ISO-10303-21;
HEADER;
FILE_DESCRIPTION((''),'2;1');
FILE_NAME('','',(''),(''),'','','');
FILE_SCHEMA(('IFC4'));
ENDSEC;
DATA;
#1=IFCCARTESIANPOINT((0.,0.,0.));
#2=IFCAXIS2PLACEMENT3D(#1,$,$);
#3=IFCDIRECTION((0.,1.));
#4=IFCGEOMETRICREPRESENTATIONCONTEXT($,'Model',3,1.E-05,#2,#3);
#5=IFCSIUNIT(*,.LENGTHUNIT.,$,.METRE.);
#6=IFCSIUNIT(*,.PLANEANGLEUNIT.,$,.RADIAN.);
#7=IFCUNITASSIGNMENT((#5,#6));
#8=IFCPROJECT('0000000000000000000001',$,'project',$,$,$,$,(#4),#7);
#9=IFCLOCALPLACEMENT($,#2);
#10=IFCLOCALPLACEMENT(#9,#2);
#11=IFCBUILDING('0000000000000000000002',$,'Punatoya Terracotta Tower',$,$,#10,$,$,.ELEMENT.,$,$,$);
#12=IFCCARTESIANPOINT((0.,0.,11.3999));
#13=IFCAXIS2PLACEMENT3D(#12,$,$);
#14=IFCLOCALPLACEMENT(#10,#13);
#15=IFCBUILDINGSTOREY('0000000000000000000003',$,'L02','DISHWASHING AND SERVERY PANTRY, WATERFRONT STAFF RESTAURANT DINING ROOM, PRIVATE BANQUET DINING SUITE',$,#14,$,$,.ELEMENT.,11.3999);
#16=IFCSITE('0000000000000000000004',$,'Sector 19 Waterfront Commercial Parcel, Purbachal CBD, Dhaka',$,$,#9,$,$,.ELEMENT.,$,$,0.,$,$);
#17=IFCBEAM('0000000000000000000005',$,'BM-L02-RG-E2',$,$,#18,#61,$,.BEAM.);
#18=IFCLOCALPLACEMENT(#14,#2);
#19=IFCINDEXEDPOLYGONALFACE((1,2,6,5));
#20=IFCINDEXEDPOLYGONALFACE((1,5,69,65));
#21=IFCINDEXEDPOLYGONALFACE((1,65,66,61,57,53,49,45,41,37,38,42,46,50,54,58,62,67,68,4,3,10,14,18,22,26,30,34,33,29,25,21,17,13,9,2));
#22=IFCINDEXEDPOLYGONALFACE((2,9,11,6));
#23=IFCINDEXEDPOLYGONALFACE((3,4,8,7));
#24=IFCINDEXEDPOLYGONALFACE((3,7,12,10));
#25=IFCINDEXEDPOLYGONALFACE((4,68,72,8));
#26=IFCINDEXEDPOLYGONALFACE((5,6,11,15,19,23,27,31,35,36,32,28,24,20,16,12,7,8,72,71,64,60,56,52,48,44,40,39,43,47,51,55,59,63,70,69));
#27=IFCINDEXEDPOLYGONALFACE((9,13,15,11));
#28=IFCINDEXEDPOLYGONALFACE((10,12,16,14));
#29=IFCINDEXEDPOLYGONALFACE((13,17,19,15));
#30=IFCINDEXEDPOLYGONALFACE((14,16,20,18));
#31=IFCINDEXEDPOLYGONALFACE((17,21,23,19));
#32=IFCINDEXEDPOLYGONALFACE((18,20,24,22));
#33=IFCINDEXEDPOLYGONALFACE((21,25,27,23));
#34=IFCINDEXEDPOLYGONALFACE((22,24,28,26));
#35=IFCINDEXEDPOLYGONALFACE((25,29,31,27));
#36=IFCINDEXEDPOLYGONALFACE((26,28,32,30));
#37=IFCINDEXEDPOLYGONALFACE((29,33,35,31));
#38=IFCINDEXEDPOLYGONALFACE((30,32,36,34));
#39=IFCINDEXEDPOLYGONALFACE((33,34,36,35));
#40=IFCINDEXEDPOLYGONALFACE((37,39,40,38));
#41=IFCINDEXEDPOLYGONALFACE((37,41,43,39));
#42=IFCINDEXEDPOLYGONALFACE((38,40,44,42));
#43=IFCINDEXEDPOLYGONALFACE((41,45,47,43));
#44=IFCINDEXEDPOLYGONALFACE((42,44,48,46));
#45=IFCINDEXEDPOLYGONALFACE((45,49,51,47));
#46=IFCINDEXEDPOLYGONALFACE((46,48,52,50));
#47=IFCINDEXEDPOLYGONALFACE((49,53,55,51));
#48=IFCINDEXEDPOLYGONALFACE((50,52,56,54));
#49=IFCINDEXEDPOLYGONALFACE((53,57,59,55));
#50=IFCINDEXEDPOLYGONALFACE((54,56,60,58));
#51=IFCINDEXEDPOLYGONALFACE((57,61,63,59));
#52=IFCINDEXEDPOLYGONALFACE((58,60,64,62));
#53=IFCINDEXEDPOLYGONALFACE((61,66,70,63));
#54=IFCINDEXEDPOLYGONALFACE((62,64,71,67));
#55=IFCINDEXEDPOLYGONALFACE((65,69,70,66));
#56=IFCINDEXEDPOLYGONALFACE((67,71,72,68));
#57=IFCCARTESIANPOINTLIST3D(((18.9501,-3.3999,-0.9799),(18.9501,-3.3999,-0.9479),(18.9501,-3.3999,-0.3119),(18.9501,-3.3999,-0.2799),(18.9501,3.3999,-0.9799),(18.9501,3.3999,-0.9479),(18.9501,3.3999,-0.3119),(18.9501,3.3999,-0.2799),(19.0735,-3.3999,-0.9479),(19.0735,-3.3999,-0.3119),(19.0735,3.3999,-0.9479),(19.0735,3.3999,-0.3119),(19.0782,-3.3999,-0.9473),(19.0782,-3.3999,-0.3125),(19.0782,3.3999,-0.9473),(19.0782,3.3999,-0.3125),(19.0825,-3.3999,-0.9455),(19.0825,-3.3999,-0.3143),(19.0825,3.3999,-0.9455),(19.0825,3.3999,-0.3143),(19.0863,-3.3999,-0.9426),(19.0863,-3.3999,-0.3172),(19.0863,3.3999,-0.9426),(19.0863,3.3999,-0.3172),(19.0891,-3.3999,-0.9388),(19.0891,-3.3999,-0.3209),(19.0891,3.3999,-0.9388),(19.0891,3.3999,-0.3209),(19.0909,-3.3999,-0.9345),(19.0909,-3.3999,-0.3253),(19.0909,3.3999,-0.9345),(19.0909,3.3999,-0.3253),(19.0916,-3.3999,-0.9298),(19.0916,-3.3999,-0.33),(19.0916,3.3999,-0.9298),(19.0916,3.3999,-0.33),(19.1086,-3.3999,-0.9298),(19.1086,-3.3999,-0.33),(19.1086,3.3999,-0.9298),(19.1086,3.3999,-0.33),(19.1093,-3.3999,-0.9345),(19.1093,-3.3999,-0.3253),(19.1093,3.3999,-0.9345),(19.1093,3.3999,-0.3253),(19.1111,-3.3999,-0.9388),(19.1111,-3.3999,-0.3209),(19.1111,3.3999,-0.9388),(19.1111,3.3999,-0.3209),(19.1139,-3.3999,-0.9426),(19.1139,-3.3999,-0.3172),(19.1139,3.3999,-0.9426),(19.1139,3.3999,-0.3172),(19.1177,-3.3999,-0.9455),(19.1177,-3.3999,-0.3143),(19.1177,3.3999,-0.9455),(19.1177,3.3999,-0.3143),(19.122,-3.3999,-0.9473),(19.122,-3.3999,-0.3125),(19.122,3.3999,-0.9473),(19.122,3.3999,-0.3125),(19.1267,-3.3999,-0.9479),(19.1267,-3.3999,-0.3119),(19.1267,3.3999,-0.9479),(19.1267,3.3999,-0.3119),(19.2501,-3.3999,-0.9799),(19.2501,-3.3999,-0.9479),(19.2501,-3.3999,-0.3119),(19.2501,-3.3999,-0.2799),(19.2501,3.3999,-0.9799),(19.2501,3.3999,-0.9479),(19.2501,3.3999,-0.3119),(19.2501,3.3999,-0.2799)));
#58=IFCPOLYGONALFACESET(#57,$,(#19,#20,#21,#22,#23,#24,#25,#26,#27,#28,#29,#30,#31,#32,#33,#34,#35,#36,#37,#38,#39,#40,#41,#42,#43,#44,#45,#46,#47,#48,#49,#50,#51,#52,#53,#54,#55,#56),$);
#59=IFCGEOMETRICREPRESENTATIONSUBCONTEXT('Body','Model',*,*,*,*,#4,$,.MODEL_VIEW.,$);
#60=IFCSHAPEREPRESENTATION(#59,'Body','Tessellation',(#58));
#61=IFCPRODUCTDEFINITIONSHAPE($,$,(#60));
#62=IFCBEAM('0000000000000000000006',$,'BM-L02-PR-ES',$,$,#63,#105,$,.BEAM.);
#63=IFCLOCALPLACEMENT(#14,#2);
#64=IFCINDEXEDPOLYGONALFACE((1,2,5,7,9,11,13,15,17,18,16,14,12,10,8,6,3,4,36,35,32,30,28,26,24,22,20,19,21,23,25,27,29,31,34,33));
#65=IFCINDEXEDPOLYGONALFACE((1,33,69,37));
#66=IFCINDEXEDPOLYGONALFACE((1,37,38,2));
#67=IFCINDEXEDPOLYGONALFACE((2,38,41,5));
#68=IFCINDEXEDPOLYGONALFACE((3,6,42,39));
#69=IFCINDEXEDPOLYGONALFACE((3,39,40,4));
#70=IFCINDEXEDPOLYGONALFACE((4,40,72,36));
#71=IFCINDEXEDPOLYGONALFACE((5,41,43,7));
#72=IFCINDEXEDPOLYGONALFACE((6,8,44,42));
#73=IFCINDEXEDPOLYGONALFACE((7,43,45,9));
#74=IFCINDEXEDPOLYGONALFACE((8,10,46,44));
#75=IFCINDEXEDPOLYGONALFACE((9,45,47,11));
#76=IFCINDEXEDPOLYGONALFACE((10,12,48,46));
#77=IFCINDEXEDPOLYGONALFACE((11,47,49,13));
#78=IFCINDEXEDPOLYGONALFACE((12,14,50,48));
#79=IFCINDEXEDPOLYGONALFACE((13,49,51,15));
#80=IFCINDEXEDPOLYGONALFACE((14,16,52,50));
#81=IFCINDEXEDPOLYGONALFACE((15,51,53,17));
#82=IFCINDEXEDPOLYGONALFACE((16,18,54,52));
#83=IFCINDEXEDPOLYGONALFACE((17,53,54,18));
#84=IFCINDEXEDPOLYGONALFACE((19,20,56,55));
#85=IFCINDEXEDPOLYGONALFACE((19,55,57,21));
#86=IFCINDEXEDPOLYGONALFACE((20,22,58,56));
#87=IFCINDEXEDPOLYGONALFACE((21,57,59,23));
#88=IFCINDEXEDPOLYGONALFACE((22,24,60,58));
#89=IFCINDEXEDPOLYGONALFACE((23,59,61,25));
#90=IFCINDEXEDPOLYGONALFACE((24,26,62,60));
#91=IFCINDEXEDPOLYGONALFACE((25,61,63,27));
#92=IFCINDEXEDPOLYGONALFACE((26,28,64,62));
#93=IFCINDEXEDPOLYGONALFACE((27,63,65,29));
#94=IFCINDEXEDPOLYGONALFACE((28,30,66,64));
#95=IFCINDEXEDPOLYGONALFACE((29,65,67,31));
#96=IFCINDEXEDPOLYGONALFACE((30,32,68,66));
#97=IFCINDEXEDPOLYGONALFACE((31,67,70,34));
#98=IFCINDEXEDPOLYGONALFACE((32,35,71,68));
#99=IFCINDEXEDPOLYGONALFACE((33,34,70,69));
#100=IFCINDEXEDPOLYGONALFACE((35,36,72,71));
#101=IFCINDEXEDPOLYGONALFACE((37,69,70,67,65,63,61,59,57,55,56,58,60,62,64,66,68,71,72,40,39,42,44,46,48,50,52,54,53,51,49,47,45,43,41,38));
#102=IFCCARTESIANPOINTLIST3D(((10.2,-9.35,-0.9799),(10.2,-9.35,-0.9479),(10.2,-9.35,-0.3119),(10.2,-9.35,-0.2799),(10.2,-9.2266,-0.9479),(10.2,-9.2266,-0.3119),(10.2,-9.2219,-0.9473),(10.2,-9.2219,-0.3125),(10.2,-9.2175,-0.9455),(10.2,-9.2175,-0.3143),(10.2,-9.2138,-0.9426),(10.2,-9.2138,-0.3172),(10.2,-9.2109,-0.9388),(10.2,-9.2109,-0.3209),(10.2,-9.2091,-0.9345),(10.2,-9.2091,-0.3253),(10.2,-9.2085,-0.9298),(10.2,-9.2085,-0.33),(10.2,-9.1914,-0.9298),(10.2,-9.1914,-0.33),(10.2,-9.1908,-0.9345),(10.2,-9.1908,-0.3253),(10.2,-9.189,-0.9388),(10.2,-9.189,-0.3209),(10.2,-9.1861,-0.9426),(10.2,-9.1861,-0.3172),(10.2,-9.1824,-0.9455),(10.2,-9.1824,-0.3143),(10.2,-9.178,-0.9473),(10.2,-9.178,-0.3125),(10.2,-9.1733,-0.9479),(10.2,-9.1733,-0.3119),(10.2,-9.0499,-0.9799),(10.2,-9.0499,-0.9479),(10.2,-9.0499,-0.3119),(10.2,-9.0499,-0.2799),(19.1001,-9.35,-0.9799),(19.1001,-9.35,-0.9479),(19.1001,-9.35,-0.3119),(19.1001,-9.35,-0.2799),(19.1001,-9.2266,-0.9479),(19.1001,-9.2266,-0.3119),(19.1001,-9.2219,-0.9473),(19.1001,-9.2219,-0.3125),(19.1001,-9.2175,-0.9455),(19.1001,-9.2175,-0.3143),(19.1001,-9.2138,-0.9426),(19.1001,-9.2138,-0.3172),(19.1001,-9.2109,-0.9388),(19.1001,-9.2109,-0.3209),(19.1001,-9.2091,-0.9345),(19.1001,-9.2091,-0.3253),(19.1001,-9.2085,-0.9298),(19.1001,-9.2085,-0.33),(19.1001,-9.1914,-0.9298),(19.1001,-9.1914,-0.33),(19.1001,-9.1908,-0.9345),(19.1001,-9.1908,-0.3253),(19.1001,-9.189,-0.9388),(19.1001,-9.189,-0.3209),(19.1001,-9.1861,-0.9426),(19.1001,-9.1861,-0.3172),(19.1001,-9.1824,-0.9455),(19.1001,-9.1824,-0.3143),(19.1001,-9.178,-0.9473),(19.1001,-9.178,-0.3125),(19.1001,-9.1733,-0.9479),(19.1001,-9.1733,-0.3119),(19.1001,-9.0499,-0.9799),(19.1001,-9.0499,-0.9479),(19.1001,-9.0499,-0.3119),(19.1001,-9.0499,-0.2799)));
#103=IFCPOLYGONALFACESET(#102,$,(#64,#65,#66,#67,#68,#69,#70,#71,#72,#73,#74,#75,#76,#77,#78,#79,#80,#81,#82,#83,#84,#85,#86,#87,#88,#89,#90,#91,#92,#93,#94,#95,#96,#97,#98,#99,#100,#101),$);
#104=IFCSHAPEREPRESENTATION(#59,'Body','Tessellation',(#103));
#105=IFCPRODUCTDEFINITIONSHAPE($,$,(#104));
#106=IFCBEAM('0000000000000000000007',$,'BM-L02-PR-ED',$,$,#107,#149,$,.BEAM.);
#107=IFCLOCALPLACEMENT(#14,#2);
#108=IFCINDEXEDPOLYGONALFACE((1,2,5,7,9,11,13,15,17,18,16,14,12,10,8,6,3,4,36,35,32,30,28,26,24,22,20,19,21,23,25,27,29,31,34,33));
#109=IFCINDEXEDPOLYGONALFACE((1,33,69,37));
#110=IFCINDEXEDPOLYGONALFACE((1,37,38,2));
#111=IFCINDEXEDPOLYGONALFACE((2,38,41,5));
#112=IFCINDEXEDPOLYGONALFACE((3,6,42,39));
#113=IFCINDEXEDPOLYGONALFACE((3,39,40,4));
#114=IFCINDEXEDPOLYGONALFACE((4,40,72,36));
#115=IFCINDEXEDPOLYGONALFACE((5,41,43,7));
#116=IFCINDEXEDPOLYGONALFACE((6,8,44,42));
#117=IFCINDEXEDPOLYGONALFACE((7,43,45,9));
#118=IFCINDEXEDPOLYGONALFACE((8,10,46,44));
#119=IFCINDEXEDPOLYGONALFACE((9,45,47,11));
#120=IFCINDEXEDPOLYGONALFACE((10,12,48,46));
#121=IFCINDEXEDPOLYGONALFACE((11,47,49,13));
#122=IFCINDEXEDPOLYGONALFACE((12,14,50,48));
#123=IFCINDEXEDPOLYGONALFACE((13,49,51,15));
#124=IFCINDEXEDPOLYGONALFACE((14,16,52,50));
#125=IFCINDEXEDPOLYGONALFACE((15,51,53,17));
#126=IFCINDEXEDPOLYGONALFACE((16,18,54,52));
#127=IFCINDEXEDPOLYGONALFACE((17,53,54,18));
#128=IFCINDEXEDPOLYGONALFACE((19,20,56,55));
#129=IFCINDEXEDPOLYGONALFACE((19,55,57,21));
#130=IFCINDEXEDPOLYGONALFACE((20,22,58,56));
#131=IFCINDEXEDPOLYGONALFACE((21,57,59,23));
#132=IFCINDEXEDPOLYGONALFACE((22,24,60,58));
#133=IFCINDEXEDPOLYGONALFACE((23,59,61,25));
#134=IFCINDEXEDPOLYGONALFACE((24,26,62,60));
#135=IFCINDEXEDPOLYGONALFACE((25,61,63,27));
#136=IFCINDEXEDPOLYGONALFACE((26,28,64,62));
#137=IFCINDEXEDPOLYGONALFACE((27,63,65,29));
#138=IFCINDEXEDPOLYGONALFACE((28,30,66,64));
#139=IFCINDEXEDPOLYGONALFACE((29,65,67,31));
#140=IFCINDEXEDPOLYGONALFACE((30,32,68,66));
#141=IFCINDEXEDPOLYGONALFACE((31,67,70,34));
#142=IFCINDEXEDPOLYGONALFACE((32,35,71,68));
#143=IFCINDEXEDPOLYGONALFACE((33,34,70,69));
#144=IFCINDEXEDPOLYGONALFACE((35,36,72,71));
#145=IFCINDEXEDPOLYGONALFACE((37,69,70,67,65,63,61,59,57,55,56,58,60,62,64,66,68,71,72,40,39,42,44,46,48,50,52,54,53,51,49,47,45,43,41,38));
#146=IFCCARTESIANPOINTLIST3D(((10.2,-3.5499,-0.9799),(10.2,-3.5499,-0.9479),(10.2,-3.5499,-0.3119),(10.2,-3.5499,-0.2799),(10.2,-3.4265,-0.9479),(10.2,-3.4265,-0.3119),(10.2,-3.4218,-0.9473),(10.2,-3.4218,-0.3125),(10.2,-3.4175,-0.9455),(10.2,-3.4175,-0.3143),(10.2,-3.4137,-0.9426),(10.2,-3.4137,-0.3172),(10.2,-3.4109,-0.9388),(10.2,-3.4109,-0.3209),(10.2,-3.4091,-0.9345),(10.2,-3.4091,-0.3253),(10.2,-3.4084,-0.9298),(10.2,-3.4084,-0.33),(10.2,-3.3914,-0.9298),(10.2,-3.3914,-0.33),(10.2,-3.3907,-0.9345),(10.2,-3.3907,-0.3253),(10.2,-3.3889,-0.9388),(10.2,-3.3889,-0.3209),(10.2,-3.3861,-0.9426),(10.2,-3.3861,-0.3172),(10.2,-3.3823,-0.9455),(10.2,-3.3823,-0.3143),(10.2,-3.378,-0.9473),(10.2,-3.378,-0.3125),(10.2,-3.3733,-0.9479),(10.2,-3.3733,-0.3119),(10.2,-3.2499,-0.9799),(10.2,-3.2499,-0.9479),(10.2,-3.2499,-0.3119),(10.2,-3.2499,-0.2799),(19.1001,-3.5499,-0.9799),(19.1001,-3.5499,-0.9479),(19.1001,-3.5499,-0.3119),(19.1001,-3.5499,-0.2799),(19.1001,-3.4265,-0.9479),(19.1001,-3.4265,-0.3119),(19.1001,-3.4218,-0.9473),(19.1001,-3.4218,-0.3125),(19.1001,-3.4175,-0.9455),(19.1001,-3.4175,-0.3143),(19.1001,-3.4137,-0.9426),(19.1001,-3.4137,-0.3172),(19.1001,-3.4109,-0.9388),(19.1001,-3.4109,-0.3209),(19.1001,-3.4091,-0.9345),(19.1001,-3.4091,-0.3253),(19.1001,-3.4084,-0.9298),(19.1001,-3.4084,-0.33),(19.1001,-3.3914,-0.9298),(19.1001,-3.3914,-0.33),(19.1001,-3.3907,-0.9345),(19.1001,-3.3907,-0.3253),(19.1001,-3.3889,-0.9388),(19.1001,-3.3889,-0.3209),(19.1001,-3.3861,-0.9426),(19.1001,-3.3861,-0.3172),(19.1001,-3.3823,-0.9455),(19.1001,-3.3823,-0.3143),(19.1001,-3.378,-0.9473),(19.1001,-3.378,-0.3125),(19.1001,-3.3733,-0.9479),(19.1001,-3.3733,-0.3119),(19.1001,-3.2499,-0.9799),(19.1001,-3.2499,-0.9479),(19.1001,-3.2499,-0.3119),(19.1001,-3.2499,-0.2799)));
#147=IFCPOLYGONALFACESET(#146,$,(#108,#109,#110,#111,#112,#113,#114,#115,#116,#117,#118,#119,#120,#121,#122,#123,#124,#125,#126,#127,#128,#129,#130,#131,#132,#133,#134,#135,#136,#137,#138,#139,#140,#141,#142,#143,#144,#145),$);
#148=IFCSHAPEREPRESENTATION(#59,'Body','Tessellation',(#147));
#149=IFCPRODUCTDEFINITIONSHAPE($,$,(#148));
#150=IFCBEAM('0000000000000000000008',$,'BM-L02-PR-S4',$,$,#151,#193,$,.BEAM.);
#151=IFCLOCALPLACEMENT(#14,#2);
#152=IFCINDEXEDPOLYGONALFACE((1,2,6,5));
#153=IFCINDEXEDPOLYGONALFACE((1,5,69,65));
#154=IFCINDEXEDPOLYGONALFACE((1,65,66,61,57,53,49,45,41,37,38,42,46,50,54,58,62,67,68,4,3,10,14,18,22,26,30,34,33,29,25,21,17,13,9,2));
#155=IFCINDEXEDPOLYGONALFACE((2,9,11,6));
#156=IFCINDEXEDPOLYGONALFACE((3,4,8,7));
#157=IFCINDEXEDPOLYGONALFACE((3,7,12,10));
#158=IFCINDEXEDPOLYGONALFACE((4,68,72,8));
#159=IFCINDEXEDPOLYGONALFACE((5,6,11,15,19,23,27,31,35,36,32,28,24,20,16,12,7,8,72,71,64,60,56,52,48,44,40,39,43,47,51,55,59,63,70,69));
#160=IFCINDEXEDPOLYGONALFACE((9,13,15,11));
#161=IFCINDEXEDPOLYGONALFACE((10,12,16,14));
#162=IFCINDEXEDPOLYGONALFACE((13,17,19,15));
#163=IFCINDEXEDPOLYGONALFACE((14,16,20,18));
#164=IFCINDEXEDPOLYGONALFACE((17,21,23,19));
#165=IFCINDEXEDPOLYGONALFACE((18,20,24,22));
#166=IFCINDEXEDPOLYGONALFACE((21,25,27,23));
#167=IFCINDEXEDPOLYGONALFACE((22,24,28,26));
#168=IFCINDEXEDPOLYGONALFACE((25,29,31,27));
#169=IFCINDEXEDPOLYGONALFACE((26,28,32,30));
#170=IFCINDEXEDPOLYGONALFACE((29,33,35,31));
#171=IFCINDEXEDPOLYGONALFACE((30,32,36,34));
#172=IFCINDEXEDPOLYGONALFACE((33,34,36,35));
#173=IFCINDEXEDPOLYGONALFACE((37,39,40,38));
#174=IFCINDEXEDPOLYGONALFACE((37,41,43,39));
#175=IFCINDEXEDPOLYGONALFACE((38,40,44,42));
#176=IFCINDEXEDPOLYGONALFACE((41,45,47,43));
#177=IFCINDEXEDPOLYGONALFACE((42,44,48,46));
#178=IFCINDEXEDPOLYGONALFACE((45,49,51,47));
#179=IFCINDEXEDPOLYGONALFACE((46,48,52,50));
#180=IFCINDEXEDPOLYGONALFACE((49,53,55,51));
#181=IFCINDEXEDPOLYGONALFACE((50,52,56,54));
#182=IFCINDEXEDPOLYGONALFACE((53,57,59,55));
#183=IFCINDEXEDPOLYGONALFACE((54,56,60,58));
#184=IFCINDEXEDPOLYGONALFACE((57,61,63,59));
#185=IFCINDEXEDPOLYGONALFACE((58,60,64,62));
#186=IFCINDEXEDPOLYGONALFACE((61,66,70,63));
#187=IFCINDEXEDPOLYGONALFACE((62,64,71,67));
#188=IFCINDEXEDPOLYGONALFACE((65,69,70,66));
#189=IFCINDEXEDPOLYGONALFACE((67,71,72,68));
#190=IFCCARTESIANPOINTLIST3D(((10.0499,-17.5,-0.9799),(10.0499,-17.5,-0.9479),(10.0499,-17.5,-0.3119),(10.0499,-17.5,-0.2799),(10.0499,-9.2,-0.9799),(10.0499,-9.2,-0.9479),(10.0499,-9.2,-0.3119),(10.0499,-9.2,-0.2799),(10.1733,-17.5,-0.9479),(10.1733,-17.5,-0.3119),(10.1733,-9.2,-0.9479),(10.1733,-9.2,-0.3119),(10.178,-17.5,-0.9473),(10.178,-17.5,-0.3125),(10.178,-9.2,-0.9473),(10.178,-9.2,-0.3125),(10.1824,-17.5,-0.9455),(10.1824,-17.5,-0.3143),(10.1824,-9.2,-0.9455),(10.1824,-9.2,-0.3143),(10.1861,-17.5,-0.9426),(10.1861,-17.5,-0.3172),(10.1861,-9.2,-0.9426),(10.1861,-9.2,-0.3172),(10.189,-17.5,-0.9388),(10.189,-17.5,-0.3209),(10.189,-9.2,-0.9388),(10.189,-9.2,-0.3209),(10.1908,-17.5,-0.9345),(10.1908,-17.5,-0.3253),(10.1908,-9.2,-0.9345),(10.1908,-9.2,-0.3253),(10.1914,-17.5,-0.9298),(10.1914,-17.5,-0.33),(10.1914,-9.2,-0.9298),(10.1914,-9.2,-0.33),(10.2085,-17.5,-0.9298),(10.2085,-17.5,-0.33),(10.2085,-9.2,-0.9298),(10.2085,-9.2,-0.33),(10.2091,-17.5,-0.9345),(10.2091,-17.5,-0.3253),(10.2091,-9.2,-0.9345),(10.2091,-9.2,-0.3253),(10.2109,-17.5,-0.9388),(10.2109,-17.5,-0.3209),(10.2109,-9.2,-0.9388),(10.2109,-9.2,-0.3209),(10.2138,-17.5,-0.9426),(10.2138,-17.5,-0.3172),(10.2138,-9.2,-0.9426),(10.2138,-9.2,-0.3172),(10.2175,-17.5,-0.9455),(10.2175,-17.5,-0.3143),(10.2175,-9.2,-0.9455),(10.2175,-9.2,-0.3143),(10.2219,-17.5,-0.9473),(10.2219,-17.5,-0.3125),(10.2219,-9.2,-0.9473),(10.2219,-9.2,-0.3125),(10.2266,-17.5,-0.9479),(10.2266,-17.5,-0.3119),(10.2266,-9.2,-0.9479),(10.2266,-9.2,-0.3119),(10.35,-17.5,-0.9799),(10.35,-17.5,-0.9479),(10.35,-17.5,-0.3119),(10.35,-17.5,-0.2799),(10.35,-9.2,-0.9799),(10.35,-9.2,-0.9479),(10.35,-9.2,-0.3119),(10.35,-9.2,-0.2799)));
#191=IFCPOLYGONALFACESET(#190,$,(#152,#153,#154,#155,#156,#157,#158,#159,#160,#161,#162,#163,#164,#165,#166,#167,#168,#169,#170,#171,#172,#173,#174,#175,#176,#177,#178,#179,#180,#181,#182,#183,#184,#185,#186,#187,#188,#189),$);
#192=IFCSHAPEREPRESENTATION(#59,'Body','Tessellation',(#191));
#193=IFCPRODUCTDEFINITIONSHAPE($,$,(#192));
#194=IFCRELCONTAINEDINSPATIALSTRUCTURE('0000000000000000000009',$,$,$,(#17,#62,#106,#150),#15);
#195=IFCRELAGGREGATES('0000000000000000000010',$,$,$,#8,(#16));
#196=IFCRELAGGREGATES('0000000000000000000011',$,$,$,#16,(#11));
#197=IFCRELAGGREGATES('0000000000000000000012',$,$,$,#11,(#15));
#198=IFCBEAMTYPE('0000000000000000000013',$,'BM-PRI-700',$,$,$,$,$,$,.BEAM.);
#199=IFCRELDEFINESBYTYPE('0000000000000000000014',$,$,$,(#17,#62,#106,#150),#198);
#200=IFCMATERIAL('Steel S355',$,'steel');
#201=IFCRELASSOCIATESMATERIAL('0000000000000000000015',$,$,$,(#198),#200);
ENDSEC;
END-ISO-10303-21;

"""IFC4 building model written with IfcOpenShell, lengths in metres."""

from ifc_helpers import new_model, si_unit, direction, frame, origin, origin_2d, place, context, subcontext, project, spatial, i_section, extrude, material, material_profile, profile_set, type_object, element, save


model = new_model("IFC4")

# Units and contexts
model_context = context("Model", 3, precision=1e-05, world=origin(), true_north=direction((0.0, 1.0)))
body_context = subcontext(model_context, "Body", "Model", "MODEL_VIEW")
ifc_project = project(units=[si_unit("LENGTHUNIT", "METRE"), si_unit("PLANEANGLEUNIT", "RADIAN")], contexts=[model_context])

# Site, building, storey
site_placement = place(None, origin())
site = spatial("IfcSite", under=ifc_project, at=site_placement, Name="Sector 19 Waterfront Commercial Parcel, Purbachal CBD, Dhaka", CompositionType="ELEMENT", RefElevation=0.0)
building_placement = place(site_placement, origin())
building = spatial("IfcBuilding", under=site, at=building_placement, Name="Punatoya Terracotta Tower", CompositionType="ELEMENT")
storey_placement = place(building_placement, frame((0.0, 0.0, 11.3999)))
storey = spatial("IfcBuildingStorey", under=building, at=storey_placement, Name="L02", Description="DISHWASHING AND SERVERY PANTRY, WATERFRONT STAFF RESTAURANT DINING ROOM, PRIVATE BANQUET DINING SUITE", CompositionType="ELEMENT", Elevation=11.3999)

# Beams
ifc_material_1 = material(Name="Steel S355", Category="steel")
ifc_material_profile_1 = material_profile(ifc_material_1, i_section(OverallWidth=0.3, OverallDepth=0.7, WebThickness=0.0171, FlangeThickness=0.032, FilletRadius=0.0181, at=origin_2d()))
ifc_profile_set_1 = profile_set([ifc_material_profile_1], Name="Steel S355")
beam_type_1 = type_object("IfcBeamType", Name="BM-PRI-700", PredefinedType="BEAM", material=ifc_profile_set_1)
beam_1_placement = place(storey_placement, frame((19.1001, -3.3999, -0.6299), z_axis=(0.0, 1.0, 0.0), x_axis=(-1.0, 0.0, 0.0)))
element("IfcBeam", 1, at=beam_1_placement, inside=storey, type_object=beam_type_1, Name="BM-L02-RG-E2", PredefinedType="BEAM", context=body_context, shape_type="SweptSolid", body=[
    extrude(i_section(OverallWidth=0.3, OverallDepth=0.7, WebThickness=0.0171, FlangeThickness=0.032, FilletRadius=0.0181, at=origin_2d()), origin(), (0.0, 0.0, 1.0), 6.7998),
])
for number, where, z_axis, x_axis, name in (
    (2, (10.2, -9.2, -0.6299), (1.0, 0.0, 0.0), (0.0, 1.0, 0.0), "BM-L02-PR-ES"),
    (3, (10.2, -3.3999, -0.6299), (1.0, 0.0, 0.0), (0.0, 1.0, 0.0), "BM-L02-PR-ED"),
):
    element("IfcBeam", number, at=place(storey_placement, frame(where, z_axis=z_axis, x_axis=x_axis)), inside=storey, type_object=beam_type_1, Name=name, PredefinedType="BEAM", context=body_context, shape_type="SweptSolid", body=[
        extrude(i_section(OverallWidth=0.3, OverallDepth=0.7, WebThickness=0.0171, FlangeThickness=0.032, FilletRadius=0.0181, at=origin_2d()), origin(), (0.0, 0.0, 1.0), 8.9001),
    ])
beam_2_placement = place(storey_placement, frame((10.2, -17.5, -0.6299), z_axis=(0.0, 1.0, 0.0), x_axis=(-1.0, 0.0, 0.0)))
element("IfcBeam", 4, at=beam_2_placement, inside=storey, type_object=beam_type_1, Name="BM-L02-PR-S4", PredefinedType="BEAM", context=body_context, shape_type="SweptSolid", body=[
    extrude(i_section(OverallWidth=0.3, OverallDepth=0.7, WebThickness=0.0171, FlangeThickness=0.032, FilletRadius=0.0181, at=origin_2d()), origin(), (0.0, 0.0, 1.0), 8.3),
])

save(model, "model.ifc")
